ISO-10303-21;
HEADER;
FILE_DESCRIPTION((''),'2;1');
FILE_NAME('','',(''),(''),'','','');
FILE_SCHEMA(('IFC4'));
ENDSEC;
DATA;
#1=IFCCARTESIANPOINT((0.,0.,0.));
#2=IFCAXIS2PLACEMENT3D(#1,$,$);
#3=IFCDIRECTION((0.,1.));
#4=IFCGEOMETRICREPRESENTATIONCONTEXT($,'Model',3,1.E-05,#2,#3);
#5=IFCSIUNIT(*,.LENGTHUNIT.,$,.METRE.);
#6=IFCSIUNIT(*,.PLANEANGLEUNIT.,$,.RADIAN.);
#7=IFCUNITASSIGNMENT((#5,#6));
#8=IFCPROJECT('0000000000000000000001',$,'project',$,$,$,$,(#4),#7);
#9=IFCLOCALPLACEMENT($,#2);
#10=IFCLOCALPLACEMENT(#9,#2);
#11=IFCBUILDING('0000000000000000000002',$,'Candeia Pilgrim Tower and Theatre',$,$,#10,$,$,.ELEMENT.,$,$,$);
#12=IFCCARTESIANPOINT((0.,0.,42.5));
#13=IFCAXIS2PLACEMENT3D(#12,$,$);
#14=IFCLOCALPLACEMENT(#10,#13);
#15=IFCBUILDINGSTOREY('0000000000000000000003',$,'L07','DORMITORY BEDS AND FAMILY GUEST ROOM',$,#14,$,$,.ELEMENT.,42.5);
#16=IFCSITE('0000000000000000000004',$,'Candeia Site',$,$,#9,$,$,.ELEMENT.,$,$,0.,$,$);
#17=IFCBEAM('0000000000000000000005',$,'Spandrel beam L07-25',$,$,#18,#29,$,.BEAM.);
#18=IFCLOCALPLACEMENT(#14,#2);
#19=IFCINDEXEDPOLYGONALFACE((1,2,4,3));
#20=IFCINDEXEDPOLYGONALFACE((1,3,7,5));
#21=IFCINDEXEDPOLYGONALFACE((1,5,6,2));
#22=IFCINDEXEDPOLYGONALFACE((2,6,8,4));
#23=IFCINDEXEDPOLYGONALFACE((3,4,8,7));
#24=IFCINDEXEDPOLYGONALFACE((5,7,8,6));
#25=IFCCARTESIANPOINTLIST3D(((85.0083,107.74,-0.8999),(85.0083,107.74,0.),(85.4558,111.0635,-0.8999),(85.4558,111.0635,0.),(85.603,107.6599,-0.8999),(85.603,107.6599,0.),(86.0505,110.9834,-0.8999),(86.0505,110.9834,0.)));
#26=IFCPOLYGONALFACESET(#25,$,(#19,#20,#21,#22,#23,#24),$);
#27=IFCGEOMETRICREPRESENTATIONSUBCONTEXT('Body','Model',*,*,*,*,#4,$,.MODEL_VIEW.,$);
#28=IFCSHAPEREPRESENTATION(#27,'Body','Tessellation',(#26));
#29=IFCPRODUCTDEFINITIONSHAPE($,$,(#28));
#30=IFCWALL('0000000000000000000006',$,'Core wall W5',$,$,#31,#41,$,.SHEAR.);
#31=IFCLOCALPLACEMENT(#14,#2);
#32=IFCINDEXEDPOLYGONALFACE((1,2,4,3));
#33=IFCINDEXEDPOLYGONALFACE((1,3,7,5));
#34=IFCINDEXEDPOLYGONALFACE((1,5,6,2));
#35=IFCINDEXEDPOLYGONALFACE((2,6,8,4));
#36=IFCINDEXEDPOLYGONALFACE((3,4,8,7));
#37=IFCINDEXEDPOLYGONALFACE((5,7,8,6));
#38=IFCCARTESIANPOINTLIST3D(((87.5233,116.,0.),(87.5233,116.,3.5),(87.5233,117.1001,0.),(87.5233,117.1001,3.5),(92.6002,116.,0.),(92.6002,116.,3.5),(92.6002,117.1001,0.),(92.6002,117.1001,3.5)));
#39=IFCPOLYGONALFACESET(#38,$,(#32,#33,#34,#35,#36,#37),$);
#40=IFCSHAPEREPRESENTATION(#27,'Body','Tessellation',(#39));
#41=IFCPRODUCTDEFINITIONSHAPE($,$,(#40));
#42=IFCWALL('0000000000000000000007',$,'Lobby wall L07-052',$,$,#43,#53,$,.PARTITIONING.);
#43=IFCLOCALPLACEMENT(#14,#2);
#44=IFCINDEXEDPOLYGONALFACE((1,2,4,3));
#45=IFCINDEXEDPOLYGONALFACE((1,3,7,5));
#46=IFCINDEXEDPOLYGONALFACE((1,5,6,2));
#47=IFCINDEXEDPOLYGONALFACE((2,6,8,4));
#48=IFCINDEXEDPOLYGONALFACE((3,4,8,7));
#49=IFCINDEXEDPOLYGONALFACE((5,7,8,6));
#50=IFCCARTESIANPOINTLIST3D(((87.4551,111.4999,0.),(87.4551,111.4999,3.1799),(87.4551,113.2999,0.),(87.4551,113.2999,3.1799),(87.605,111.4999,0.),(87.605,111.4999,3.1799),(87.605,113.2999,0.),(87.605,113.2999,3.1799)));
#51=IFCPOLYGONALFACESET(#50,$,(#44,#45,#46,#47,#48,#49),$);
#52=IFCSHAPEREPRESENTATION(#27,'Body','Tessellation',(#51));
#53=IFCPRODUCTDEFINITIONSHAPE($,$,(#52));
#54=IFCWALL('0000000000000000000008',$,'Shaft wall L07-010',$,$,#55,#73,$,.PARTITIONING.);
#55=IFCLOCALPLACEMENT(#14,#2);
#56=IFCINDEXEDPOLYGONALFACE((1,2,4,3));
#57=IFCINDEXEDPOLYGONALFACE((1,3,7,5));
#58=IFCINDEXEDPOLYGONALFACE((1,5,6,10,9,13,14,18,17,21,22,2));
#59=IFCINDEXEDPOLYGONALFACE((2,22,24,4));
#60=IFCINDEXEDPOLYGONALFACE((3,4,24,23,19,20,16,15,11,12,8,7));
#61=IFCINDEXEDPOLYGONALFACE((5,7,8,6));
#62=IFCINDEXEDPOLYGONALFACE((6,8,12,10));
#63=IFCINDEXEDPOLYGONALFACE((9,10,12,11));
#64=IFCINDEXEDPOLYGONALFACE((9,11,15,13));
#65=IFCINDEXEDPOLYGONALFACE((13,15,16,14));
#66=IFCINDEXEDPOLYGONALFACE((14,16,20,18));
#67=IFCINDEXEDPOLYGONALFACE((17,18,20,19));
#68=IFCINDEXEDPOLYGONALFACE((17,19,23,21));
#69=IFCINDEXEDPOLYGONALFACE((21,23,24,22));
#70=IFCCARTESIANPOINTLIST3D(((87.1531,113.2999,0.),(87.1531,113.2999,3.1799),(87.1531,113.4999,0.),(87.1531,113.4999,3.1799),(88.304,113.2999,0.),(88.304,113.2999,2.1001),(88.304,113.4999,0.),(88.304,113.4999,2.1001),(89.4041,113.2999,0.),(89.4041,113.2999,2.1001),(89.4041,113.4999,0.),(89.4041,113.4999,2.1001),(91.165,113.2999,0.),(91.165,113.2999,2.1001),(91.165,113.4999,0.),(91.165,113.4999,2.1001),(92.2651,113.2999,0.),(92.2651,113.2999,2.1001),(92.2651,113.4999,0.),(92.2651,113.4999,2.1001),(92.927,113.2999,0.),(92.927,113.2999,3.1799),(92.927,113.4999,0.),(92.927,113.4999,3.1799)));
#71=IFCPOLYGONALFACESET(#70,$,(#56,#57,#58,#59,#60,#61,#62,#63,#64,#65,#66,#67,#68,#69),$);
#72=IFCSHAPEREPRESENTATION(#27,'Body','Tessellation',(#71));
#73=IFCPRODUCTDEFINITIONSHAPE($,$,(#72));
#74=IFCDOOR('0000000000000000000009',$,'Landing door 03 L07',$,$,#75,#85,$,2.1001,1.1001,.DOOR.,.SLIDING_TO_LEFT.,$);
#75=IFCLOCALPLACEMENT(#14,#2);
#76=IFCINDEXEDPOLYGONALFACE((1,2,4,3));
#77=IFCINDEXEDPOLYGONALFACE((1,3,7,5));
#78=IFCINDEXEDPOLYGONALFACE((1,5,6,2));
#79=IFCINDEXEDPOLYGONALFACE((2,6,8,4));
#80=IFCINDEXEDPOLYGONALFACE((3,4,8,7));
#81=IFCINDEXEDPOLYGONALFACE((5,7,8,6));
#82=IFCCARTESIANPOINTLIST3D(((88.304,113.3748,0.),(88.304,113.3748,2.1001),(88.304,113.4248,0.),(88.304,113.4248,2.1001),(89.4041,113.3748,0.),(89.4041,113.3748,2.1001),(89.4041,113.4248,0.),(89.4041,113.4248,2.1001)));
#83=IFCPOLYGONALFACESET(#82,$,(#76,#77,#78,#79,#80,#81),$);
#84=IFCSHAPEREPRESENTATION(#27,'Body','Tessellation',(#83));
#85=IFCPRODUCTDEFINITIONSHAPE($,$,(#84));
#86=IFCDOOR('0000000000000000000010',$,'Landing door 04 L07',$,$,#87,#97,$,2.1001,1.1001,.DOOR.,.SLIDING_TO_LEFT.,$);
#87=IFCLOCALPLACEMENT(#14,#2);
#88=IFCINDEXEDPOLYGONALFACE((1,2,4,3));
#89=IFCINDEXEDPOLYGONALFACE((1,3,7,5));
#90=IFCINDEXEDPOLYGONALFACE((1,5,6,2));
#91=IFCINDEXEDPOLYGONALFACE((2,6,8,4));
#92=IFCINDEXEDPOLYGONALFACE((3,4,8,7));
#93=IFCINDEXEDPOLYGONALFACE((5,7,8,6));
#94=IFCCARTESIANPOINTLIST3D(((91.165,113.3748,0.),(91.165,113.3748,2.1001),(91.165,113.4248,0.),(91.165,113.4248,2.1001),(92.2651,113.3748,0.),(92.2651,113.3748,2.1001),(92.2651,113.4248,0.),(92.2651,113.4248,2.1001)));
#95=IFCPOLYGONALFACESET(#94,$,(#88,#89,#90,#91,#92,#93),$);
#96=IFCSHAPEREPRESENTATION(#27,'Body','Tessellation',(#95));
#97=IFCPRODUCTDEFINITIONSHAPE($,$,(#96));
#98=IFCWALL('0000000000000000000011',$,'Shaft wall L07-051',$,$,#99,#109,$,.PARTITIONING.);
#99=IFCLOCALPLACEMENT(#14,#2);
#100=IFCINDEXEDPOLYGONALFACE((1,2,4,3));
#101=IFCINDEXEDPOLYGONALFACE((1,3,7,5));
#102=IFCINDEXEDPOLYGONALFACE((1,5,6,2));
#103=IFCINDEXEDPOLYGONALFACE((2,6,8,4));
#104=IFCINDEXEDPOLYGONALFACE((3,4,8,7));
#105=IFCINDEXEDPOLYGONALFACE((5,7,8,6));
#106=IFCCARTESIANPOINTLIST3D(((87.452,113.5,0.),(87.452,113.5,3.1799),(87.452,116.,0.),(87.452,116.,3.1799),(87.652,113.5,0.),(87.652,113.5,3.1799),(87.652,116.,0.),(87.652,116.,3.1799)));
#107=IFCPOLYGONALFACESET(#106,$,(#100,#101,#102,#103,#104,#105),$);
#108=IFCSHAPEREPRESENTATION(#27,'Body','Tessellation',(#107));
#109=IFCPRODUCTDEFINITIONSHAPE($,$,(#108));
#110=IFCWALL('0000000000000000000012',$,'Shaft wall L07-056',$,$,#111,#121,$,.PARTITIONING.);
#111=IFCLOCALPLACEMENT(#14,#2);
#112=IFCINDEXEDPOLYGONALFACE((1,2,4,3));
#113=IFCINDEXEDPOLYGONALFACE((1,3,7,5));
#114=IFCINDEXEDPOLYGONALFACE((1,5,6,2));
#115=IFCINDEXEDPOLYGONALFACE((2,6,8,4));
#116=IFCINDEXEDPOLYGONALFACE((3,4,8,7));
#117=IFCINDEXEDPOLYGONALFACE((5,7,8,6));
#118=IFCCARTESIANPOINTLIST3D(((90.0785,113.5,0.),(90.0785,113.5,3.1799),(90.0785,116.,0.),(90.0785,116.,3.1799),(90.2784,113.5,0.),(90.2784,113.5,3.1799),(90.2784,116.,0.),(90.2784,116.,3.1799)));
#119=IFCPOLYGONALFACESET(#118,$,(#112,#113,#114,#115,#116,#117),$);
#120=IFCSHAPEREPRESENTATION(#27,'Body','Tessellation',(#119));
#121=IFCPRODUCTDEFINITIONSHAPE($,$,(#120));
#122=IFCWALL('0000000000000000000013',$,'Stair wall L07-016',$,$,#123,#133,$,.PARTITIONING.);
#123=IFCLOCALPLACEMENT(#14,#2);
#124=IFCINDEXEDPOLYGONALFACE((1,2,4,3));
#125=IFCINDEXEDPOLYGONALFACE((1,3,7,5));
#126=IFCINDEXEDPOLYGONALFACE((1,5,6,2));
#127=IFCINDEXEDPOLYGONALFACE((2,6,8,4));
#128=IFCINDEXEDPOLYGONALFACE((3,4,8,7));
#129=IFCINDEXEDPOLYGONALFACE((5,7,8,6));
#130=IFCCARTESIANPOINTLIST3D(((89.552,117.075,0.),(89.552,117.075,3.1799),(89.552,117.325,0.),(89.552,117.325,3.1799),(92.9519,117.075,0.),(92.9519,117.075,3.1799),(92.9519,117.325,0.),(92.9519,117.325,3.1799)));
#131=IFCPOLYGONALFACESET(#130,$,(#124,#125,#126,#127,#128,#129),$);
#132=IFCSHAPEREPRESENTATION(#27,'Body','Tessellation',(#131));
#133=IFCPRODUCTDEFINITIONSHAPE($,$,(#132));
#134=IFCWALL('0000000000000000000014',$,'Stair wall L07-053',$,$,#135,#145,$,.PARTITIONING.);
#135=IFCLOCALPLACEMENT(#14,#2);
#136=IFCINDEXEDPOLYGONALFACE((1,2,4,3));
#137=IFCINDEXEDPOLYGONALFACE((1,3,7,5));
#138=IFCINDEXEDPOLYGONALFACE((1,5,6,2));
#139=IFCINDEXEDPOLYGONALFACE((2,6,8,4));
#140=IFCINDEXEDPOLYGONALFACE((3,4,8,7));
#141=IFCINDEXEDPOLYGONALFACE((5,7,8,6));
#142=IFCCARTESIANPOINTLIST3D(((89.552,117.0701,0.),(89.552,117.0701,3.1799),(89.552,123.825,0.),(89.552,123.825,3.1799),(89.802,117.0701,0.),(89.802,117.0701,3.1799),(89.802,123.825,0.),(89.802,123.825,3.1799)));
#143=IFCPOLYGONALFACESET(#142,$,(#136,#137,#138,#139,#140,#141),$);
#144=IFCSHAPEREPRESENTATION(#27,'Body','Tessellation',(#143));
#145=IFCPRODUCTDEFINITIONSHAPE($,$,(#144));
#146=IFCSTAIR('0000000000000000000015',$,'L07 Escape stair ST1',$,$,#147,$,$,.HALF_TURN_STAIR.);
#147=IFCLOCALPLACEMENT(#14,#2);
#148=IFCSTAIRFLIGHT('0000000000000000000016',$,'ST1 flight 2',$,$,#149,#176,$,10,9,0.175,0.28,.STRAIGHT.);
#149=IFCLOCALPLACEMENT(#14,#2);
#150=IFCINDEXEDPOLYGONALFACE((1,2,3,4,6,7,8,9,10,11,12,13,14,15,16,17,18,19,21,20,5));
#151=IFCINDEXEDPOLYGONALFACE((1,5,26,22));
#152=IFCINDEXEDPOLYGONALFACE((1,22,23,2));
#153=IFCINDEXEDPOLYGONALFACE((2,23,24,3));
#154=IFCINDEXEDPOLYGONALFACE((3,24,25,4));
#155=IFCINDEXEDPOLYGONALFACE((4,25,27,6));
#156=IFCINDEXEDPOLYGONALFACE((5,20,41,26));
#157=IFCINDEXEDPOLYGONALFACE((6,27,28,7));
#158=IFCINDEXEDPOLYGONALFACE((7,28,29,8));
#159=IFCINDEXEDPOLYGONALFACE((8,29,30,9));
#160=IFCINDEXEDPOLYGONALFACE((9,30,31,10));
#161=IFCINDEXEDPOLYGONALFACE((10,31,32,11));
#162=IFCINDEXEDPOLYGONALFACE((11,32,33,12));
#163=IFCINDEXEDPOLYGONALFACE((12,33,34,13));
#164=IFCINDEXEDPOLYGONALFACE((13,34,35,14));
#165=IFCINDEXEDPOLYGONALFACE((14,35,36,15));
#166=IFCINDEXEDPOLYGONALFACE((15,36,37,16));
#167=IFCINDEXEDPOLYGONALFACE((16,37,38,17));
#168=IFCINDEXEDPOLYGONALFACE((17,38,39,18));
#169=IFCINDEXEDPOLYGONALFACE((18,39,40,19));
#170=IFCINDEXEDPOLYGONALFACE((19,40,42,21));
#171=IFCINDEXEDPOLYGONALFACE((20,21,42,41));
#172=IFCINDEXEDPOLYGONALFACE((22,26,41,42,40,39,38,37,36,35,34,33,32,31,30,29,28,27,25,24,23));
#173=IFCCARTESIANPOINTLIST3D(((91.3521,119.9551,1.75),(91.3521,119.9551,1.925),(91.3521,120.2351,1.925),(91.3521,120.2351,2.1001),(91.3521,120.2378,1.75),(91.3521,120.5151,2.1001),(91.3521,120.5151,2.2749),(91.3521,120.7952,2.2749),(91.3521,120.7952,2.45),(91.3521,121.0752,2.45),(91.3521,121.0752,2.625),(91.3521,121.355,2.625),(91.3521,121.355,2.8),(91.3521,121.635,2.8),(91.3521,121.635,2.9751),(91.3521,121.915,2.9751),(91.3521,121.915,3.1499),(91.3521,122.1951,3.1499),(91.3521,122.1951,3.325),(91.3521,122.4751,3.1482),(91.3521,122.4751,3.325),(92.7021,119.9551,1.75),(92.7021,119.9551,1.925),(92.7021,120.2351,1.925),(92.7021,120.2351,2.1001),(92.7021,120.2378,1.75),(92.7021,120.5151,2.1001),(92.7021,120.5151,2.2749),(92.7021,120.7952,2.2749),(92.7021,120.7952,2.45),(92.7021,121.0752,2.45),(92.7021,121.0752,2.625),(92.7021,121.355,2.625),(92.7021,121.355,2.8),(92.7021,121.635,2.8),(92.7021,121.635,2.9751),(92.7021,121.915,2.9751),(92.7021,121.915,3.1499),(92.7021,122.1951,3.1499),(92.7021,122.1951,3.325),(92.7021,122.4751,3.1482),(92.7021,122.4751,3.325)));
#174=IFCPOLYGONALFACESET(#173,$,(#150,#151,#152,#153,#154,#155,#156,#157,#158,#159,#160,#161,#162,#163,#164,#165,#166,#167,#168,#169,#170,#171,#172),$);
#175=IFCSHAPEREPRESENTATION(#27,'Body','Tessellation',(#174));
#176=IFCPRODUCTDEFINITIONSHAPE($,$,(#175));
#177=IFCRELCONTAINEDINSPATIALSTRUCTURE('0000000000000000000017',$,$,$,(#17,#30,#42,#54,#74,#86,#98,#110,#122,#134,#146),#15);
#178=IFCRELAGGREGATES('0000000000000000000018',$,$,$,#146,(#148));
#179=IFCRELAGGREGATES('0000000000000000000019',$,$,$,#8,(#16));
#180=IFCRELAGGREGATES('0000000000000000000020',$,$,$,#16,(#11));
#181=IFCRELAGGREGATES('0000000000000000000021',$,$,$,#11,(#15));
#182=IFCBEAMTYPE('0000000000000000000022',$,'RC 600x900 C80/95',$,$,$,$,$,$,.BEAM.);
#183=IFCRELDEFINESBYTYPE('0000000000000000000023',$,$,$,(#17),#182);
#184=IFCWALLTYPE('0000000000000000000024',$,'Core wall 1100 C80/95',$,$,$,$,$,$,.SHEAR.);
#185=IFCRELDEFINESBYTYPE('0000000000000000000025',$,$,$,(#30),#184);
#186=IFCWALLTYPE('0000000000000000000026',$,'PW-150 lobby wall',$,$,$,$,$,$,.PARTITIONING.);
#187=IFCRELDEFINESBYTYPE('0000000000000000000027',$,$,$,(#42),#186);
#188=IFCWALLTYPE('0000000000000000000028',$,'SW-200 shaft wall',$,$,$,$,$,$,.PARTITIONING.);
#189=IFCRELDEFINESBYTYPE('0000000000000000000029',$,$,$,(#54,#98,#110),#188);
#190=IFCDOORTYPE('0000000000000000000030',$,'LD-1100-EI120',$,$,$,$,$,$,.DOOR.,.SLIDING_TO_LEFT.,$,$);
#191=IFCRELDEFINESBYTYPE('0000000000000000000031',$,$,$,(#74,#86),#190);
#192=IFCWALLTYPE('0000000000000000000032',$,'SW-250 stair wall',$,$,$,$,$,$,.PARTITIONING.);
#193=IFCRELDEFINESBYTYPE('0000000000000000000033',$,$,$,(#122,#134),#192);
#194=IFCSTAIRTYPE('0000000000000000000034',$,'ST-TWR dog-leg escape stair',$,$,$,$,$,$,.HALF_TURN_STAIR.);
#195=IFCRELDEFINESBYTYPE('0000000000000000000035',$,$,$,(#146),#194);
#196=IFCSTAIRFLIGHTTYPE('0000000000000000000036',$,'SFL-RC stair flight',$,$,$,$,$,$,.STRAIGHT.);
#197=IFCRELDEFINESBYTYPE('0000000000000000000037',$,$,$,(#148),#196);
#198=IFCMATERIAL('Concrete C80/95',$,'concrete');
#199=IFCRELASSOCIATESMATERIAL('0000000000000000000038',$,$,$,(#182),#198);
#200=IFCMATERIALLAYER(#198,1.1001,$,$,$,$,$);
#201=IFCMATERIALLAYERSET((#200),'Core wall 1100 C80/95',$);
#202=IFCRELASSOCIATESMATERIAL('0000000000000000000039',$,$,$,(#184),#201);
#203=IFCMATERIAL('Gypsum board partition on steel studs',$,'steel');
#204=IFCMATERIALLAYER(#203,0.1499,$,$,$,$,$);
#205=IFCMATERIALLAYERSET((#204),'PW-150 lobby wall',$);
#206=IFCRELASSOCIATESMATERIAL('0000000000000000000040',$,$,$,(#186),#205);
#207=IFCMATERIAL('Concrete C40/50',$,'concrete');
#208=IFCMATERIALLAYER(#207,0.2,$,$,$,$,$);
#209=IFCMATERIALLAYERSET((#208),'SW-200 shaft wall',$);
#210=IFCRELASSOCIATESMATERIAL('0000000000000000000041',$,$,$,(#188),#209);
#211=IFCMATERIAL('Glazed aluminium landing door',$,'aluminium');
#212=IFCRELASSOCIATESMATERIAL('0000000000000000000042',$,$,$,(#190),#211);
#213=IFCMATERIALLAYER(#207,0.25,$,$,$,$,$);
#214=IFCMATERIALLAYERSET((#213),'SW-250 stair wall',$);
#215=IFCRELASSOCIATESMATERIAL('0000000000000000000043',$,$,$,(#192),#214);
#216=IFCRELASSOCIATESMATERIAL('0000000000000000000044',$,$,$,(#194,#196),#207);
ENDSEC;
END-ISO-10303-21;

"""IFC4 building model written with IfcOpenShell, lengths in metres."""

from ifc_helpers import new_model, si_unit, direction, frame, frame_2d, origin, origin_2d, place, context, subcontext, project, spatial, polyline, rectangle, outline, extrude, material, layer, layer_set, material_profile, profile_set, type_object, element, fill, aggregate, save


model = new_model("IFC4")

# Units and contexts
model_context = context("Model", 3, precision=1e-05, world=origin(), true_north=direction((0.0, 1.0)))
body_context = subcontext(model_context, "Body", "Model", "MODEL_VIEW")
ifc_project = project(units=[si_unit("LENGTHUNIT", "METRE"), si_unit("PLANEANGLEUNIT", "RADIAN")], contexts=[model_context])

# Site, building, storey
site_placement = place(None, origin())
site = spatial("IfcSite", under=ifc_project, at=site_placement, Name="Candeia Site", CompositionType="ELEMENT", RefElevation=0.0)
building_placement = place(site_placement, origin())
building = spatial("IfcBuilding", under=site, at=building_placement, Name="Candeia Pilgrim Tower and Theatre", CompositionType="ELEMENT")
storey_placement = place(building_placement, frame((0.0, 0.0, 42.5)))
storey = spatial("IfcBuildingStorey", under=building, at=storey_placement, Name="L07", Description="DORMITORY BEDS AND FAMILY GUEST ROOM", CompositionType="ELEMENT", Elevation=42.5)

# Beam
ifc_material_1 = material(Name="Concrete C80/95", Category="concrete")
ifc_material_profile = material_profile(ifc_material_1, rectangle(XDim=0.6001, YDim=0.8999, at=origin_2d()))
ifc_profile_set = profile_set([ifc_material_profile], Name="Concrete C80/95")
beam_type = type_object("IfcBeamType", Name="RC 600x900 C80/95", PredefinedType="BEAM", material=ifc_profile_set)
beam_placement = place(storey_placement, frame((85.7532, 111.0234, -0.45), z_axis=(-0.133446, -0.991056, 0.0), x_axis=(0.991056, -0.133446, 0.0)))
element("IfcBeam", 1, at=beam_placement, inside=storey, type_object=beam_type, Name="Spandrel beam L07-25", PredefinedType="BEAM", context=body_context, shape_type="SweptSolid", body=[
    extrude(rectangle(XDim=0.6001, YDim=0.8999, at=origin_2d()), origin(), (0.0, 0.0, 1.0), 3.3535),
])

# Walls
ifc_layer_1 = layer(ifc_material_1, 1.1001)
ifc_layer_set_1 = layer_set([ifc_layer_1], Name="Core wall 1100 C80/95")
wall_type_1 = type_object("IfcWallType", Name="Core wall 1100 C80/95", PredefinedType="SHEAR", material=ifc_layer_set_1)
wall_1_placement = place(storey_placement, frame((87.5232, 116.55, 0.0), z_axis=(0.0, 0.0, 1.0), x_axis=(1.0, 0.0, 0.0)))
element("IfcWall", 2, at=wall_1_placement, inside=storey, type_object=wall_type_1, Name="Core wall W5", PredefinedType="SHEAR", context=body_context, shape_type="SweptSolid", body=[
    extrude(rectangle(XDim=5.0769, YDim=1.1001, at=frame_2d((2.5386, 0.0))), origin(), (0.0, 0.0, 1.0), 3.5),
])
ifc_material_2 = material(Name="Gypsum board partition on steel studs", Category="steel")
ifc_layer_2 = layer(ifc_material_2, 0.1499)
ifc_layer_set_2 = layer_set([ifc_layer_2], Name="PW-150 lobby wall")
wall_type_2 = type_object("IfcWallType", Name="PW-150 lobby wall", PredefinedType="PARTITIONING", material=ifc_layer_set_2)
wall_2_placement = place(storey_placement, frame((87.53, 111.5, 0.0), z_axis=(0.0, 0.0, 1.0), x_axis=(0.0, 1.0, 0.0)))
element("IfcWall", 3, at=wall_2_placement, inside=storey, type_object=wall_type_2, Name="Lobby wall L07-052", PredefinedType="PARTITIONING", context=body_context, shape_type="SweptSolid", body=[
    extrude(rectangle(XDim=1.8, YDim=0.1499, at=frame_2d((0.8999, 0.0))), origin(), (0.0, 0.0, 1.0), 3.1799),
])

# Wall, openings, doors
ifc_material_3 = material(Name="Concrete C40/50", Category="concrete")
ifc_layer_3 = layer(ifc_material_3, 0.2)
ifc_layer_set_3 = layer_set([ifc_layer_3], Name="SW-200 shaft wall")
wall_type_3 = type_object("IfcWallType", Name="SW-200 shaft wall", PredefinedType="PARTITIONING", material=ifc_layer_set_3)
wall_3_placement = place(storey_placement, frame((87.1531, 113.3999, 0.0), z_axis=(0.0, 0.0, 1.0), x_axis=(1.0, 0.0, 0.0)))
wall_3 = element("IfcWall", 4, at=wall_3_placement, inside=storey, type_object=wall_type_3, Name="Shaft wall L07-010", PredefinedType="PARTITIONING", context=body_context, shape_type="SweptSolid", body=[
    extrude(rectangle(XDim=5.7739, YDim=0.2, at=frame_2d((2.887, 0.0))), origin(), (0.0, 0.0, 1.0), 3.1799),
])
opening_1_placement = place(wall_3_placement, frame((1.1509, 0.0, 0.0)))
opening_1 = element("IfcOpeningElement", 5, at=opening_1_placement, cuts=wall_3, PredefinedType="OPENING", context=body_context, shape_type="SweptSolid", body=[
    extrude(rectangle(XDim=1.1001, YDim=2.1001, at=frame_2d((0.55, 1.05))), frame((0.0, 0.1099, 0.0), z_axis=(0.0, -1.0, 0.0), x_axis=(1.0, 0.0, 0.0)), (0.0, 0.0, 1.0), 0.22),
])
opening_2_placement = place(wall_3_placement, frame((4.012, 0.0, 0.0)))
opening_2 = element("IfcOpeningElement", 6, at=opening_2_placement, cuts=wall_3, PredefinedType="OPENING", context=body_context, shape_type="SweptSolid", body=[
    extrude(rectangle(XDim=1.1001, YDim=2.1001, at=frame_2d((0.55, 1.05))), frame((0.0, 0.1099, 0.0), z_axis=(0.0, -1.0, 0.0), x_axis=(1.0, 0.0, 0.0)), (0.0, 0.0, 1.0), 0.22),
])
ifc_material_4 = material(Name="Glazed aluminium landing door", Category="aluminium")
door_type = type_object("IfcDoorType", Name="LD-1100-EI120", OperationType="SLIDING_TO_LEFT", PredefinedType="DOOR", material=ifc_material_4)
door_1_placement = place(opening_1_placement, origin())
door_1 = element("IfcDoor", 7, at=door_1_placement, inside=storey, type_object=door_type, Name="Landing door 03 L07", OperationType="SLIDING_TO_LEFT", OverallHeight=2.1001, OverallWidth=1.1001, PredefinedType="DOOR", context=body_context, shape_type="SweptSolid", body=[
    extrude(rectangle(XDim=1.1001, YDim=2.1001, at=frame_2d((0.55, 1.05))), frame((0.0, 0.0249, 0.0), z_axis=(0.0, -1.0, 0.0), x_axis=(1.0, 0.0, 0.0)), (0.0, 0.0, 1.0), 0.05),
])
fill(opening_1, door_1)
door_2_placement = place(opening_2_placement, origin())
door_2 = element("IfcDoor", 8, at=door_2_placement, inside=storey, type_object=door_type, Name="Landing door 04 L07", OperationType="SLIDING_TO_LEFT", OverallHeight=2.1001, OverallWidth=1.1001, PredefinedType="DOOR", context=body_context, shape_type="SweptSolid", body=[
    extrude(rectangle(XDim=1.1001, YDim=2.1001, at=frame_2d((0.55, 1.05))), frame((0.0, 0.0249, 0.0), z_axis=(0.0, -1.0, 0.0), x_axis=(1.0, 0.0, 0.0)), (0.0, 0.0, 1.0), 0.05),
])
fill(opening_2, door_2)

# Walls
for number, where, z_axis, x_axis, name in (
    (9, (87.552, 113.5, 0.0), (0.0, 0.0, 1.0), (0.0, 1.0, 0.0), "Shaft wall L07-051"),
    (10, (90.1785, 113.5, 0.0), (0.0, 0.0, 1.0), (0.0, 1.0, 0.0), "Shaft wall L07-056"),
):
    element("IfcWall", number, at=place(storey_placement, frame(where, z_axis=z_axis, x_axis=x_axis)), inside=storey, type_object=wall_type_3, Name=name, PredefinedType="PARTITIONING", context=body_context, shape_type="SweptSolid", body=[
        extrude(rectangle(XDim=2.5, YDim=0.2, at=frame_2d((1.25, 0.0))), origin(), (0.0, 0.0, 1.0), 3.1799),
    ])
ifc_layer_4 = layer(ifc_material_3, 0.25)
ifc_layer_set_4 = layer_set([ifc_layer_4], Name="SW-250 stair wall")
wall_type_4 = type_object("IfcWallType", Name="SW-250 stair wall", PredefinedType="PARTITIONING", material=ifc_layer_set_4)
wall_4_placement = place(storey_placement, frame((89.552, 117.2, 0.0), z_axis=(0.0, 0.0, 1.0), x_axis=(1.0, 0.0, 0.0)))
element("IfcWall", 11, at=wall_4_placement, inside=storey, type_object=wall_type_4, Name="Stair wall L07-016", PredefinedType="PARTITIONING", context=body_context, shape_type="SweptSolid", body=[
    extrude(rectangle(XDim=3.3999, YDim=0.25, at=frame_2d((1.7, 0.0))), origin(), (0.0, 0.0, 1.0), 3.1799),
])
wall_5_placement = place(storey_placement, frame((89.677, 117.0701, 0.0), z_axis=(0.0, 0.0, 1.0), x_axis=(0.0, 1.0, 0.0)))
element("IfcWall", 12, at=wall_5_placement, inside=storey, type_object=wall_type_4, Name="Stair wall L07-053", PredefinedType="PARTITIONING", context=body_context, shape_type="SweptSolid", body=[
    extrude(rectangle(XDim=6.7549, YDim=0.25, at=frame_2d((3.3774, 0.0))), origin(), (0.0, 0.0, 1.0), 3.1799),
])

# Stair, stair flight
stair_type = type_object("IfcStairType", Name="ST-TWR dog-leg escape stair", PredefinedType="HALF_TURN_STAIR", material=ifc_material_3)
stair_placement = place(storey_placement, origin())
stair = element("IfcStair", 13, at=stair_placement, inside=storey, type_object=stair_type, Name="L07 Escape stair ST1", PredefinedType="HALF_TURN_STAIR")
stair_flight_type = type_object("IfcStairFlightType", Name="SFL-RC stair flight", PredefinedType="STRAIGHT", material=ifc_material_3)
stair_flight_placement = place(storey_placement, frame((92.0271, 119.9551, 1.75), z_axis=(0.0, 0.0, 1.0), x_axis=(0.0, 1.0, 0.0)))
stair_flight = element("IfcStairFlight", 14, at=stair_flight_placement, type_object=stair_flight_type, Name="ST1 flight 2", NumberOfRisers=10, NumberOfTreads=9, PredefinedType="STRAIGHT", RiserHeight=0.175, TreadLength=0.28, context=body_context, shape_type="SweptSolid", body=[
    extrude(outline(polyline([(0.0, 0.0), (0.0, 0.175), (0.28, 0.175), (0.28, 0.3501), (0.5601, 0.3501), (0.5601, 0.5249), (0.8401, 0.5249), (0.8401, 0.7), (1.1201, 0.7), (1.1201, 0.875), (1.3999, 0.875), (1.3999, 1.05), (1.6799, 1.05), (1.6799, 1.2251), (1.96, 1.2251), (1.96, 1.3999), (2.24, 1.3999), (2.24, 1.575), (2.52, 1.575), (2.52, 1.75), (2.52, 1.3982), (0.2827, 0.0), (0.0, 0.0)])), frame((0.0, 0.675, 0.0), z_axis=(0.0, -1.0, 0.0), x_axis=(1.0, 0.0, 0.0)), (0.0, 0.0, 1.0), 1.3501),
])
aggregate(stair, [stair_flight])

save(model, "model.ifc")
